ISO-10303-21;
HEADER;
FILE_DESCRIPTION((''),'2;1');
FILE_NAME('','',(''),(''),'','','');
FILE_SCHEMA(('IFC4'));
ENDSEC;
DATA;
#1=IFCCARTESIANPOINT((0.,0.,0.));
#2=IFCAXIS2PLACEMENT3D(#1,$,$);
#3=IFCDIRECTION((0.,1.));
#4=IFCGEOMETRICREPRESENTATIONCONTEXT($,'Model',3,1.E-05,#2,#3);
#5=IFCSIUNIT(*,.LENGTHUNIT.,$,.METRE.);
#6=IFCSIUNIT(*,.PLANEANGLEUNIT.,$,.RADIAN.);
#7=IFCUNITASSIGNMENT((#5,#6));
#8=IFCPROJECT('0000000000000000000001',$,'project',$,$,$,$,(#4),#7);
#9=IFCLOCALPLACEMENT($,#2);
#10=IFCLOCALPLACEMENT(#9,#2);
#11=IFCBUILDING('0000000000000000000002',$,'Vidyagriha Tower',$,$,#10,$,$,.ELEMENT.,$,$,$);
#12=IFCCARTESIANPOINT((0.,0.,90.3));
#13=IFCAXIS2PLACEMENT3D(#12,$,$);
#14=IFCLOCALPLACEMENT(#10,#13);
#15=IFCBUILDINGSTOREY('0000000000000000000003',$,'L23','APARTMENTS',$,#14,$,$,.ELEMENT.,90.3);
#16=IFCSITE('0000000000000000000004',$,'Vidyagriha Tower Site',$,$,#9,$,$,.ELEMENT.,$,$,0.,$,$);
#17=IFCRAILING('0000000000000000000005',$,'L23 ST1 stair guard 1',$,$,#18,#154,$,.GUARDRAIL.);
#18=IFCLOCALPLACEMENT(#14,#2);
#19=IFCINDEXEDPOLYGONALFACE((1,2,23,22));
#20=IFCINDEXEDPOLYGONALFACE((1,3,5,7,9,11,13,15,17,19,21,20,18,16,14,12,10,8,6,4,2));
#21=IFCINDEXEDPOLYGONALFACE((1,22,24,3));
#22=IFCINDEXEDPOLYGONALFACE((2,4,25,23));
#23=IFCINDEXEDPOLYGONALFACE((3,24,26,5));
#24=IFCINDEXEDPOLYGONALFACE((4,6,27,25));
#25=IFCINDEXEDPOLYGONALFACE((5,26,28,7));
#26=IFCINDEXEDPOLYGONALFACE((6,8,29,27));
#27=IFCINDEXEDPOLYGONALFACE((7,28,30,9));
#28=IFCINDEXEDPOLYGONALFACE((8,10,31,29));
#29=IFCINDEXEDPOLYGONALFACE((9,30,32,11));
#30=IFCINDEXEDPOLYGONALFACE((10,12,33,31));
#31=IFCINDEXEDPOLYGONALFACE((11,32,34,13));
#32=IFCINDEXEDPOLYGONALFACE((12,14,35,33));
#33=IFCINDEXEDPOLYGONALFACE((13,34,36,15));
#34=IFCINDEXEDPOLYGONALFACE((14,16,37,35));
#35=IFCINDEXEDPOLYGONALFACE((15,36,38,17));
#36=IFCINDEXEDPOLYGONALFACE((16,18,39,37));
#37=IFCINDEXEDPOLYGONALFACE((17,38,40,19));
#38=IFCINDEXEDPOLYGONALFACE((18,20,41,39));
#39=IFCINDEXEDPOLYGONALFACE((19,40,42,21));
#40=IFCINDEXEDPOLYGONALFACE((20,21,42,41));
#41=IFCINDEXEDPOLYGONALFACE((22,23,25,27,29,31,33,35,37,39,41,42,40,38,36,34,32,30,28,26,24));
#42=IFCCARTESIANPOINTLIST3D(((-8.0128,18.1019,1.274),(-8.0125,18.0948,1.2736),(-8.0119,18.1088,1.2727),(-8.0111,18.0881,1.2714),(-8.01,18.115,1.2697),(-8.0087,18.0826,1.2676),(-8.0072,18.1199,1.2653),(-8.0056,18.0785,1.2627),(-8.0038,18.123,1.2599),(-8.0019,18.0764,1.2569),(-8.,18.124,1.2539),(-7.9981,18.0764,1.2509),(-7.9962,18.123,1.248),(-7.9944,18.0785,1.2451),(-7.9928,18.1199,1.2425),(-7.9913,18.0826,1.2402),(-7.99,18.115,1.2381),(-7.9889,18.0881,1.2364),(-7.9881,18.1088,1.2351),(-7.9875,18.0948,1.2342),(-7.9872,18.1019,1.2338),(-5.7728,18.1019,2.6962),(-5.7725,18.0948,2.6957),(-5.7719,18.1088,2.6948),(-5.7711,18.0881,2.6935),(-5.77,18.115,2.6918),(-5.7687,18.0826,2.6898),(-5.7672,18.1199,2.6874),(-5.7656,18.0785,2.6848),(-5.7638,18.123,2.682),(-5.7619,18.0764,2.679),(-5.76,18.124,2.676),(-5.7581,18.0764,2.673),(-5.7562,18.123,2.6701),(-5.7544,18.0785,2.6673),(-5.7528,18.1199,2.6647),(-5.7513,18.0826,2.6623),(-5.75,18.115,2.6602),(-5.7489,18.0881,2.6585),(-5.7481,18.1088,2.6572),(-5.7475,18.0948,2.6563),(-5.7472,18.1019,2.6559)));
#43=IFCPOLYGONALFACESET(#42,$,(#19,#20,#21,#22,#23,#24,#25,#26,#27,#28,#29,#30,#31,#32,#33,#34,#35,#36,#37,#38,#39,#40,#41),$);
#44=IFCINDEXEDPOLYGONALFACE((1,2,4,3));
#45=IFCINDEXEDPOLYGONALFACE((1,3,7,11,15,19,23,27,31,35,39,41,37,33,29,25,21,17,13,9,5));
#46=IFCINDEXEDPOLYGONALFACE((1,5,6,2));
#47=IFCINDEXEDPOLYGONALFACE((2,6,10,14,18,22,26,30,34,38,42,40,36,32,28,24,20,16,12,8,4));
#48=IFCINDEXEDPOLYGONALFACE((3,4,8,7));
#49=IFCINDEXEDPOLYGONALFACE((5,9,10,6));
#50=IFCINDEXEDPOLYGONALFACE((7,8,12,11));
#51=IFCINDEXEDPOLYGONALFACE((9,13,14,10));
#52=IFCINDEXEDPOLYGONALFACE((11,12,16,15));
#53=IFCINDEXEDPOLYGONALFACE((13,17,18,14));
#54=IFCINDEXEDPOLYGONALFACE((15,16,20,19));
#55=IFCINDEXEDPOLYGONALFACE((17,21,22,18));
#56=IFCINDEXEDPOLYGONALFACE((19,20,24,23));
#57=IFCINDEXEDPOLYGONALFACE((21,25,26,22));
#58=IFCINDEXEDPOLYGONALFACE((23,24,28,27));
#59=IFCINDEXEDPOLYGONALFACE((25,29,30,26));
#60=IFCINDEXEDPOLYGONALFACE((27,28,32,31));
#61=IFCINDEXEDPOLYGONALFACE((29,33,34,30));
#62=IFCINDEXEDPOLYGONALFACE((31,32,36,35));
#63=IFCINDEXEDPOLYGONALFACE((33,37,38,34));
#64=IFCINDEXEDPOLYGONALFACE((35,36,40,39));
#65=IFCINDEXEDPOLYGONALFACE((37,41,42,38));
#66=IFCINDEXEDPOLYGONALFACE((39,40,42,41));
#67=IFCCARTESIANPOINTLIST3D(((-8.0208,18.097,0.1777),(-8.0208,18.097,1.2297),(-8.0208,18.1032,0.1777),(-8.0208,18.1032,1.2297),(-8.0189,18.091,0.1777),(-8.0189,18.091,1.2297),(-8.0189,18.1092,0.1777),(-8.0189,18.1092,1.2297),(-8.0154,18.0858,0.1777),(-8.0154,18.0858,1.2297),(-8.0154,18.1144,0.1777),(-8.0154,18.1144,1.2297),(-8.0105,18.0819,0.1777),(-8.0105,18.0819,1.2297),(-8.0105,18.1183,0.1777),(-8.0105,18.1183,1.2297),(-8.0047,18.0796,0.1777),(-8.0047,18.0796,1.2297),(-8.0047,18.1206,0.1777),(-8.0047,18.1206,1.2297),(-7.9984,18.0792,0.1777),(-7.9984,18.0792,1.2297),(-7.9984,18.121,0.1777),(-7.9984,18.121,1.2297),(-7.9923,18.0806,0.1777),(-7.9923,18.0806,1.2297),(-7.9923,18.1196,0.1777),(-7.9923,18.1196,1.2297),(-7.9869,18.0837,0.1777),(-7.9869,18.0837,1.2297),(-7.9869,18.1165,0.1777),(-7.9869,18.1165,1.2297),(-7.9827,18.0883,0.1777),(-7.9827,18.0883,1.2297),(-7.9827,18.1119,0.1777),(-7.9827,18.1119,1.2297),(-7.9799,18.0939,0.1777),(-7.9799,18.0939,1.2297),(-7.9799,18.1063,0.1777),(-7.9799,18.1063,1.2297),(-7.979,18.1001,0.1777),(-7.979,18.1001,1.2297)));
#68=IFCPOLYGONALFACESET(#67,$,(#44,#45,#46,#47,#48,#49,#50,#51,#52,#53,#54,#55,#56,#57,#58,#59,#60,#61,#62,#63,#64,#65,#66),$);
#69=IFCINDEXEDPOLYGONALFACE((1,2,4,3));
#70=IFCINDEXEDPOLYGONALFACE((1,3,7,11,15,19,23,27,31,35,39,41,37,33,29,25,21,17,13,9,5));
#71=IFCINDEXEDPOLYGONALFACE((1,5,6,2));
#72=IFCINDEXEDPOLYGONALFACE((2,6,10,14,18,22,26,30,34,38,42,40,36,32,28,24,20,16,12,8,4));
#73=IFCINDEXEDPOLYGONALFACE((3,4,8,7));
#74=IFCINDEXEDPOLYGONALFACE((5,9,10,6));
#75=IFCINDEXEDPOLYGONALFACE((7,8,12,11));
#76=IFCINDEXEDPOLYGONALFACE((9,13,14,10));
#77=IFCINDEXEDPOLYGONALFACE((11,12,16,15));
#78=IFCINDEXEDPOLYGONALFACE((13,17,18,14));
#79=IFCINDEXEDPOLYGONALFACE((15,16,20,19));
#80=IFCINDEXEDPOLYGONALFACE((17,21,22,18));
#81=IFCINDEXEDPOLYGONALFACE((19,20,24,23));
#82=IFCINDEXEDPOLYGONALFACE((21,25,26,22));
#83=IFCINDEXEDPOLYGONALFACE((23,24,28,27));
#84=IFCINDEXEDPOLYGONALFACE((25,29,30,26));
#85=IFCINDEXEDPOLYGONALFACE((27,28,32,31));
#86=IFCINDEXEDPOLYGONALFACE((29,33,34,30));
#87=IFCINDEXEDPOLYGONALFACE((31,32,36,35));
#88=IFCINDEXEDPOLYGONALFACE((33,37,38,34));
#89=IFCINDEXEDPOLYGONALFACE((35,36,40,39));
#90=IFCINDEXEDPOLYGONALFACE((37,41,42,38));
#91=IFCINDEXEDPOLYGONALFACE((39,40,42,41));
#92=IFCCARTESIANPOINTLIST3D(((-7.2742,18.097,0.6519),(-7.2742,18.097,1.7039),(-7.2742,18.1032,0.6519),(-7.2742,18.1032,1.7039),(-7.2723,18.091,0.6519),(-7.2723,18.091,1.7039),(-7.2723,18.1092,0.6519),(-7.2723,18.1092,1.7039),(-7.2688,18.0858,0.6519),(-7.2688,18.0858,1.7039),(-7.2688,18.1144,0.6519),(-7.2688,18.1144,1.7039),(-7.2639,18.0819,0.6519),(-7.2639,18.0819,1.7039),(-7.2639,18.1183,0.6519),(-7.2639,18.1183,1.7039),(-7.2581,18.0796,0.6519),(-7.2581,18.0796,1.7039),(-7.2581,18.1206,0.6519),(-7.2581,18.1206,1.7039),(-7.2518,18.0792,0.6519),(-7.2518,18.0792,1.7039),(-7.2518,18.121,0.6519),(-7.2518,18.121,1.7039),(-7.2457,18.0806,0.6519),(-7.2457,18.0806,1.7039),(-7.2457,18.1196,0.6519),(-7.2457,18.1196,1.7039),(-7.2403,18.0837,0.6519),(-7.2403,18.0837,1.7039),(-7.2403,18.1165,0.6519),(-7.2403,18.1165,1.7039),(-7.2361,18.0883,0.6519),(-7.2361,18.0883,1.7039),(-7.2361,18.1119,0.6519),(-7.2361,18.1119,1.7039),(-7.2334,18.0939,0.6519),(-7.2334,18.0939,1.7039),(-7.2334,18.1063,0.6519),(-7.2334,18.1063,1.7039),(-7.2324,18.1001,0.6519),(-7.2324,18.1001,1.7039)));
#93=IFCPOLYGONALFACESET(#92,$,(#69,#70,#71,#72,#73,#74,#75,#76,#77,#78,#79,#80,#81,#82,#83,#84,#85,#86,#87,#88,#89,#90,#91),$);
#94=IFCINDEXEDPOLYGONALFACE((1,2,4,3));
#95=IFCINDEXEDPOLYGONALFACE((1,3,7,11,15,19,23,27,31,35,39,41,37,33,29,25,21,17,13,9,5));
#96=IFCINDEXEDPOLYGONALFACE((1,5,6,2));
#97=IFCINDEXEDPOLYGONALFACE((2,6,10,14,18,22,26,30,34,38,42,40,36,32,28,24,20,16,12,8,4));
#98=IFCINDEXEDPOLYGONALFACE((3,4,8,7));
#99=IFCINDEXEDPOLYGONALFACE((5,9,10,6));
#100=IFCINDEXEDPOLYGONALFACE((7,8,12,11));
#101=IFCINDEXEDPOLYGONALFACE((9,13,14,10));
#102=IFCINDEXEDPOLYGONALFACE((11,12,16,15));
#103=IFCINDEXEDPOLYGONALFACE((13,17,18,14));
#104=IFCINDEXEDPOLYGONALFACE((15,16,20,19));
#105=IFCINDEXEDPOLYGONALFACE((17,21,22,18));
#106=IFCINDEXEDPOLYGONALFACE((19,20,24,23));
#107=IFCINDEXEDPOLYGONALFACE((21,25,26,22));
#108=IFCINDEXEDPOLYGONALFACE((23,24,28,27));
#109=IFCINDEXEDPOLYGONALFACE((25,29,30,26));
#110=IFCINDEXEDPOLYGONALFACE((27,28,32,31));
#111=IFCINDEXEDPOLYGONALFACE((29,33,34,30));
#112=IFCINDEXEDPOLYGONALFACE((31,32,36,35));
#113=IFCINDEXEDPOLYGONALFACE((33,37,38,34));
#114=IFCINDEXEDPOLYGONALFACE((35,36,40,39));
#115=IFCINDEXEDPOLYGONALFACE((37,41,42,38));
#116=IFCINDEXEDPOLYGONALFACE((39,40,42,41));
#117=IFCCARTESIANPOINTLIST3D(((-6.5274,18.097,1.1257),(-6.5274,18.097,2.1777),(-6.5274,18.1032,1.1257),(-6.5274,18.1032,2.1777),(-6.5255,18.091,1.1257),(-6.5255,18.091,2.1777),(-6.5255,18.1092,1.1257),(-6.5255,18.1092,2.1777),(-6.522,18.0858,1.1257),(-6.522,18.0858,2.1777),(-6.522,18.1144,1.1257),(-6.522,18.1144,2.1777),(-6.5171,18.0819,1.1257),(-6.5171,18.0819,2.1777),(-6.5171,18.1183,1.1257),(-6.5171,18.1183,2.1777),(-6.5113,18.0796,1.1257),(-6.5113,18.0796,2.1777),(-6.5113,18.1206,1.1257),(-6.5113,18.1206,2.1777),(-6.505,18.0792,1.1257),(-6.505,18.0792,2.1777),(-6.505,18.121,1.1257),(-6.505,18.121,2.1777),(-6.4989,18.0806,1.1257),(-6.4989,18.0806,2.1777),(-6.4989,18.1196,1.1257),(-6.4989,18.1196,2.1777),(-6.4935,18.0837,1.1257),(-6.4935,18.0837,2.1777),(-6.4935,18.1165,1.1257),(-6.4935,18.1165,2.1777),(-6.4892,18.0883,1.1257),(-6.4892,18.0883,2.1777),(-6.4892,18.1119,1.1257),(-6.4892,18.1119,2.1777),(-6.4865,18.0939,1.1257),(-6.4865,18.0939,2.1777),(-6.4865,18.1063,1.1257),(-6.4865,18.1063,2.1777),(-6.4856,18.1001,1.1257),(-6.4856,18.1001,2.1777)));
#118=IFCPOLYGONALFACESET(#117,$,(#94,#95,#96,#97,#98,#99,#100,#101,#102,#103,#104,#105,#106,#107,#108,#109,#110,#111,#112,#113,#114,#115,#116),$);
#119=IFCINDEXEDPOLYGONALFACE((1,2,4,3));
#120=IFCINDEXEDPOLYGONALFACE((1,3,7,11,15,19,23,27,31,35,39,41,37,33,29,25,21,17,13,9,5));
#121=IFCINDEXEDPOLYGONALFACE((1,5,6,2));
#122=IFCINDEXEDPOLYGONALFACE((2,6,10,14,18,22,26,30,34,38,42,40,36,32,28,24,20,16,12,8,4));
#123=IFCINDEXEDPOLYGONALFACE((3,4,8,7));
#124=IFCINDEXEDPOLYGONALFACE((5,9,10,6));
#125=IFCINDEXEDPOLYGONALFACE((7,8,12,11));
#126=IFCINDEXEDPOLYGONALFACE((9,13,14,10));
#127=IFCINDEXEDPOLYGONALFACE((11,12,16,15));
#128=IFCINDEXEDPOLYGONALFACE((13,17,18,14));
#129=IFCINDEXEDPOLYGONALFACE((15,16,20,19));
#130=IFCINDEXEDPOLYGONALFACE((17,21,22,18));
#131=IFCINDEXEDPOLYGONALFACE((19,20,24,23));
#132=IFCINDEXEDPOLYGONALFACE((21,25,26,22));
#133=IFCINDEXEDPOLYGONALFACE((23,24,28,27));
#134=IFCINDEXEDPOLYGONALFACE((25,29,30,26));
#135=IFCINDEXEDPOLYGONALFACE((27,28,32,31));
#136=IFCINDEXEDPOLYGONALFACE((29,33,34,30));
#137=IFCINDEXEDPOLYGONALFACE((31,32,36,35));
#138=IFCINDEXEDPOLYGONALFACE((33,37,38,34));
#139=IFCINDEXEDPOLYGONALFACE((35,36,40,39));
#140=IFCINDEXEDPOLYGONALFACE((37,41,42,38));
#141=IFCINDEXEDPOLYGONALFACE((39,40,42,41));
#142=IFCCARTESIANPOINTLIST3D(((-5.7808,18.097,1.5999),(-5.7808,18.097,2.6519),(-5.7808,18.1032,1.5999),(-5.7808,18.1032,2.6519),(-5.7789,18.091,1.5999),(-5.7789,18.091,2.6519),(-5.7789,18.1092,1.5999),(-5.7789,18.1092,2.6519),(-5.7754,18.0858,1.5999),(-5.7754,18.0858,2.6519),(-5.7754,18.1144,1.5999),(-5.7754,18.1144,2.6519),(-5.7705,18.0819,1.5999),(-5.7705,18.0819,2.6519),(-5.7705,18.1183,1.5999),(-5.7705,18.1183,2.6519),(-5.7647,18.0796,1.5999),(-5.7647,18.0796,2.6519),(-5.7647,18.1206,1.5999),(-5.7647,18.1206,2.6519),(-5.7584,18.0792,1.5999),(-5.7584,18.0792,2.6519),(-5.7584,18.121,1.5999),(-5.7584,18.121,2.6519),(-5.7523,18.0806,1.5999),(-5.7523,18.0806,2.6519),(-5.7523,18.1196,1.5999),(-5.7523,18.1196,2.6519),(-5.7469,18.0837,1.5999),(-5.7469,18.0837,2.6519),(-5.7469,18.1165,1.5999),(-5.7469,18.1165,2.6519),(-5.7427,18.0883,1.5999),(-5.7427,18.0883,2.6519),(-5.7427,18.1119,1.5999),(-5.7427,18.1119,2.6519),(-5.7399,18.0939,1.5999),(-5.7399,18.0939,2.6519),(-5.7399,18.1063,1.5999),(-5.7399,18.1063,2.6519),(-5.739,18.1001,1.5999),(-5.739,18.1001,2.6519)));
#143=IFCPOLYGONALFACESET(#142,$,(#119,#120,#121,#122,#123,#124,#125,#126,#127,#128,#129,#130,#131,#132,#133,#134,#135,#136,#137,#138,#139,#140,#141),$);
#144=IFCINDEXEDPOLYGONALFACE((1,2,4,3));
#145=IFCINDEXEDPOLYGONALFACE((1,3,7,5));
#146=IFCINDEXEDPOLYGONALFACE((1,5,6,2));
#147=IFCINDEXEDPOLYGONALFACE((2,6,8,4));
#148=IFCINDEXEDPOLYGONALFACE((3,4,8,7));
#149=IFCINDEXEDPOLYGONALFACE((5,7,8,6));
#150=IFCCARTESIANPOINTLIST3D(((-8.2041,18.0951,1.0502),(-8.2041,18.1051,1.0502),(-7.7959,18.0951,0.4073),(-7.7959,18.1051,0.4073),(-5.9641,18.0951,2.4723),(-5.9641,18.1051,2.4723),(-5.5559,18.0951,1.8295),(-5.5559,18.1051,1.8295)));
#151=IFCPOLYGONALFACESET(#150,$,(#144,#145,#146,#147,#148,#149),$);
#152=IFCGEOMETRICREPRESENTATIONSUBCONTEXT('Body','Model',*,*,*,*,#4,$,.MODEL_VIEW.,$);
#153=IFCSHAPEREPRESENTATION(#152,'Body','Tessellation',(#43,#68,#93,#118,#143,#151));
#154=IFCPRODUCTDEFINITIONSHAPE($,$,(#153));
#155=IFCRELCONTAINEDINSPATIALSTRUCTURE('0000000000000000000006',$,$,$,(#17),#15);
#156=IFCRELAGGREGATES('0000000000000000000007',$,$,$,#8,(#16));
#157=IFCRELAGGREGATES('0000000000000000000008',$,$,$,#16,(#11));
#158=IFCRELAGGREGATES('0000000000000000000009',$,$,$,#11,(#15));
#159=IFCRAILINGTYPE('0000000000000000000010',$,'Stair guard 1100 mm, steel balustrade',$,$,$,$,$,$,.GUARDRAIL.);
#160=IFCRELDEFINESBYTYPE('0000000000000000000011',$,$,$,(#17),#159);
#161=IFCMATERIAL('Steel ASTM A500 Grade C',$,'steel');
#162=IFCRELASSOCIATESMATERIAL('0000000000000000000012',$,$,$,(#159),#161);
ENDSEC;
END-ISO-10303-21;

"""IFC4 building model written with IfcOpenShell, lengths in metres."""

from ifc_helpers import new_model, si_unit, direction, frame, origin, origin_2d, place, context, subcontext, project, spatial, rectangle, circle, extrude, material, type_object, element, save


model = new_model("IFC4")

# Units and contexts
model_context = context("Model", 3, precision=1e-05, world=origin(), true_north=direction((0.0, 1.0)))
body_context = subcontext(model_context, "Body", "Model", "MODEL_VIEW")
ifc_project = project(units=[si_unit("LENGTHUNIT", "METRE"), si_unit("PLANEANGLEUNIT", "RADIAN")], contexts=[model_context])

# Site, building, storey
site_placement = place(None, origin())
site = spatial("IfcSite", under=ifc_project, at=site_placement, Name="Vidyagriha Tower Site", CompositionType="ELEMENT", RefElevation=0.0)
building_placement = place(site_placement, origin())
building = spatial("IfcBuilding", under=site, at=building_placement, Name="Vidyagriha Tower", CompositionType="ELEMENT")
storey_placement = place(building_placement, frame((0.0, 0.0, 90.3)))
storey = spatial("IfcBuildingStorey", under=building, at=storey_placement, Name="L23", Description="APARTMENTS", CompositionType="ELEMENT", Elevation=90.3)

# Railing
ifc_material_1 = material(Name="Steel ASTM A500 Grade C", Category="steel")
railing_type_1 = type_object("IfcRailingType", Name="Stair guard 1100 mm, steel balustrade", PredefinedType="GUARDRAIL", material=ifc_material_1)
railing_1_placement = place(storey_placement, frame((-8.0, 18.1001, 0.1777)))
element("IfcRailing", 1, at=railing_1_placement, inside=storey, type_object=railing_type_1, Name="L23 ST1 stair guard 1", PredefinedType="GUARDRAIL", context=body_context, shape_type="SweptSolid", body=[
    extrude(circle(Radius=0.0239, at=origin_2d()), frame((0.0, 0.0, 1.0762), z_axis=(0.844229, 0.0, 0.535982), x_axis=(0.0, 1.0, 0.0)), (0.0, 0.0, 1.0), 2.6533),
    extrude(circle(Radius=0.021, at=origin_2d()), origin(), (0.0, 0.0, 1.0), 1.052),
    extrude(circle(Radius=0.021, at=origin_2d()), frame((0.7466, 0.0, 0.4741)), (0.0, 0.0, 1.0), 1.052),
    extrude(circle(Radius=0.021, at=origin_2d()), frame((1.4934, 0.0, 0.948)), (0.0, 0.0, 1.0), 1.052),
    extrude(circle(Radius=0.021, at=origin_2d()), frame((2.24, 0.0, 1.4221)), (0.0, 0.0, 1.0), 1.052),
    extrude(rectangle(XDim=0.01, YDim=0.7615, at=origin_2d()), frame((0.0, 0.0, 0.551), z_axis=(0.844229, 0.0, 0.535982), x_axis=(0.0, 1.0, 0.0)), (0.0, 0.0, 1.0), 2.6533),
])

save(model, "model.ifc")
